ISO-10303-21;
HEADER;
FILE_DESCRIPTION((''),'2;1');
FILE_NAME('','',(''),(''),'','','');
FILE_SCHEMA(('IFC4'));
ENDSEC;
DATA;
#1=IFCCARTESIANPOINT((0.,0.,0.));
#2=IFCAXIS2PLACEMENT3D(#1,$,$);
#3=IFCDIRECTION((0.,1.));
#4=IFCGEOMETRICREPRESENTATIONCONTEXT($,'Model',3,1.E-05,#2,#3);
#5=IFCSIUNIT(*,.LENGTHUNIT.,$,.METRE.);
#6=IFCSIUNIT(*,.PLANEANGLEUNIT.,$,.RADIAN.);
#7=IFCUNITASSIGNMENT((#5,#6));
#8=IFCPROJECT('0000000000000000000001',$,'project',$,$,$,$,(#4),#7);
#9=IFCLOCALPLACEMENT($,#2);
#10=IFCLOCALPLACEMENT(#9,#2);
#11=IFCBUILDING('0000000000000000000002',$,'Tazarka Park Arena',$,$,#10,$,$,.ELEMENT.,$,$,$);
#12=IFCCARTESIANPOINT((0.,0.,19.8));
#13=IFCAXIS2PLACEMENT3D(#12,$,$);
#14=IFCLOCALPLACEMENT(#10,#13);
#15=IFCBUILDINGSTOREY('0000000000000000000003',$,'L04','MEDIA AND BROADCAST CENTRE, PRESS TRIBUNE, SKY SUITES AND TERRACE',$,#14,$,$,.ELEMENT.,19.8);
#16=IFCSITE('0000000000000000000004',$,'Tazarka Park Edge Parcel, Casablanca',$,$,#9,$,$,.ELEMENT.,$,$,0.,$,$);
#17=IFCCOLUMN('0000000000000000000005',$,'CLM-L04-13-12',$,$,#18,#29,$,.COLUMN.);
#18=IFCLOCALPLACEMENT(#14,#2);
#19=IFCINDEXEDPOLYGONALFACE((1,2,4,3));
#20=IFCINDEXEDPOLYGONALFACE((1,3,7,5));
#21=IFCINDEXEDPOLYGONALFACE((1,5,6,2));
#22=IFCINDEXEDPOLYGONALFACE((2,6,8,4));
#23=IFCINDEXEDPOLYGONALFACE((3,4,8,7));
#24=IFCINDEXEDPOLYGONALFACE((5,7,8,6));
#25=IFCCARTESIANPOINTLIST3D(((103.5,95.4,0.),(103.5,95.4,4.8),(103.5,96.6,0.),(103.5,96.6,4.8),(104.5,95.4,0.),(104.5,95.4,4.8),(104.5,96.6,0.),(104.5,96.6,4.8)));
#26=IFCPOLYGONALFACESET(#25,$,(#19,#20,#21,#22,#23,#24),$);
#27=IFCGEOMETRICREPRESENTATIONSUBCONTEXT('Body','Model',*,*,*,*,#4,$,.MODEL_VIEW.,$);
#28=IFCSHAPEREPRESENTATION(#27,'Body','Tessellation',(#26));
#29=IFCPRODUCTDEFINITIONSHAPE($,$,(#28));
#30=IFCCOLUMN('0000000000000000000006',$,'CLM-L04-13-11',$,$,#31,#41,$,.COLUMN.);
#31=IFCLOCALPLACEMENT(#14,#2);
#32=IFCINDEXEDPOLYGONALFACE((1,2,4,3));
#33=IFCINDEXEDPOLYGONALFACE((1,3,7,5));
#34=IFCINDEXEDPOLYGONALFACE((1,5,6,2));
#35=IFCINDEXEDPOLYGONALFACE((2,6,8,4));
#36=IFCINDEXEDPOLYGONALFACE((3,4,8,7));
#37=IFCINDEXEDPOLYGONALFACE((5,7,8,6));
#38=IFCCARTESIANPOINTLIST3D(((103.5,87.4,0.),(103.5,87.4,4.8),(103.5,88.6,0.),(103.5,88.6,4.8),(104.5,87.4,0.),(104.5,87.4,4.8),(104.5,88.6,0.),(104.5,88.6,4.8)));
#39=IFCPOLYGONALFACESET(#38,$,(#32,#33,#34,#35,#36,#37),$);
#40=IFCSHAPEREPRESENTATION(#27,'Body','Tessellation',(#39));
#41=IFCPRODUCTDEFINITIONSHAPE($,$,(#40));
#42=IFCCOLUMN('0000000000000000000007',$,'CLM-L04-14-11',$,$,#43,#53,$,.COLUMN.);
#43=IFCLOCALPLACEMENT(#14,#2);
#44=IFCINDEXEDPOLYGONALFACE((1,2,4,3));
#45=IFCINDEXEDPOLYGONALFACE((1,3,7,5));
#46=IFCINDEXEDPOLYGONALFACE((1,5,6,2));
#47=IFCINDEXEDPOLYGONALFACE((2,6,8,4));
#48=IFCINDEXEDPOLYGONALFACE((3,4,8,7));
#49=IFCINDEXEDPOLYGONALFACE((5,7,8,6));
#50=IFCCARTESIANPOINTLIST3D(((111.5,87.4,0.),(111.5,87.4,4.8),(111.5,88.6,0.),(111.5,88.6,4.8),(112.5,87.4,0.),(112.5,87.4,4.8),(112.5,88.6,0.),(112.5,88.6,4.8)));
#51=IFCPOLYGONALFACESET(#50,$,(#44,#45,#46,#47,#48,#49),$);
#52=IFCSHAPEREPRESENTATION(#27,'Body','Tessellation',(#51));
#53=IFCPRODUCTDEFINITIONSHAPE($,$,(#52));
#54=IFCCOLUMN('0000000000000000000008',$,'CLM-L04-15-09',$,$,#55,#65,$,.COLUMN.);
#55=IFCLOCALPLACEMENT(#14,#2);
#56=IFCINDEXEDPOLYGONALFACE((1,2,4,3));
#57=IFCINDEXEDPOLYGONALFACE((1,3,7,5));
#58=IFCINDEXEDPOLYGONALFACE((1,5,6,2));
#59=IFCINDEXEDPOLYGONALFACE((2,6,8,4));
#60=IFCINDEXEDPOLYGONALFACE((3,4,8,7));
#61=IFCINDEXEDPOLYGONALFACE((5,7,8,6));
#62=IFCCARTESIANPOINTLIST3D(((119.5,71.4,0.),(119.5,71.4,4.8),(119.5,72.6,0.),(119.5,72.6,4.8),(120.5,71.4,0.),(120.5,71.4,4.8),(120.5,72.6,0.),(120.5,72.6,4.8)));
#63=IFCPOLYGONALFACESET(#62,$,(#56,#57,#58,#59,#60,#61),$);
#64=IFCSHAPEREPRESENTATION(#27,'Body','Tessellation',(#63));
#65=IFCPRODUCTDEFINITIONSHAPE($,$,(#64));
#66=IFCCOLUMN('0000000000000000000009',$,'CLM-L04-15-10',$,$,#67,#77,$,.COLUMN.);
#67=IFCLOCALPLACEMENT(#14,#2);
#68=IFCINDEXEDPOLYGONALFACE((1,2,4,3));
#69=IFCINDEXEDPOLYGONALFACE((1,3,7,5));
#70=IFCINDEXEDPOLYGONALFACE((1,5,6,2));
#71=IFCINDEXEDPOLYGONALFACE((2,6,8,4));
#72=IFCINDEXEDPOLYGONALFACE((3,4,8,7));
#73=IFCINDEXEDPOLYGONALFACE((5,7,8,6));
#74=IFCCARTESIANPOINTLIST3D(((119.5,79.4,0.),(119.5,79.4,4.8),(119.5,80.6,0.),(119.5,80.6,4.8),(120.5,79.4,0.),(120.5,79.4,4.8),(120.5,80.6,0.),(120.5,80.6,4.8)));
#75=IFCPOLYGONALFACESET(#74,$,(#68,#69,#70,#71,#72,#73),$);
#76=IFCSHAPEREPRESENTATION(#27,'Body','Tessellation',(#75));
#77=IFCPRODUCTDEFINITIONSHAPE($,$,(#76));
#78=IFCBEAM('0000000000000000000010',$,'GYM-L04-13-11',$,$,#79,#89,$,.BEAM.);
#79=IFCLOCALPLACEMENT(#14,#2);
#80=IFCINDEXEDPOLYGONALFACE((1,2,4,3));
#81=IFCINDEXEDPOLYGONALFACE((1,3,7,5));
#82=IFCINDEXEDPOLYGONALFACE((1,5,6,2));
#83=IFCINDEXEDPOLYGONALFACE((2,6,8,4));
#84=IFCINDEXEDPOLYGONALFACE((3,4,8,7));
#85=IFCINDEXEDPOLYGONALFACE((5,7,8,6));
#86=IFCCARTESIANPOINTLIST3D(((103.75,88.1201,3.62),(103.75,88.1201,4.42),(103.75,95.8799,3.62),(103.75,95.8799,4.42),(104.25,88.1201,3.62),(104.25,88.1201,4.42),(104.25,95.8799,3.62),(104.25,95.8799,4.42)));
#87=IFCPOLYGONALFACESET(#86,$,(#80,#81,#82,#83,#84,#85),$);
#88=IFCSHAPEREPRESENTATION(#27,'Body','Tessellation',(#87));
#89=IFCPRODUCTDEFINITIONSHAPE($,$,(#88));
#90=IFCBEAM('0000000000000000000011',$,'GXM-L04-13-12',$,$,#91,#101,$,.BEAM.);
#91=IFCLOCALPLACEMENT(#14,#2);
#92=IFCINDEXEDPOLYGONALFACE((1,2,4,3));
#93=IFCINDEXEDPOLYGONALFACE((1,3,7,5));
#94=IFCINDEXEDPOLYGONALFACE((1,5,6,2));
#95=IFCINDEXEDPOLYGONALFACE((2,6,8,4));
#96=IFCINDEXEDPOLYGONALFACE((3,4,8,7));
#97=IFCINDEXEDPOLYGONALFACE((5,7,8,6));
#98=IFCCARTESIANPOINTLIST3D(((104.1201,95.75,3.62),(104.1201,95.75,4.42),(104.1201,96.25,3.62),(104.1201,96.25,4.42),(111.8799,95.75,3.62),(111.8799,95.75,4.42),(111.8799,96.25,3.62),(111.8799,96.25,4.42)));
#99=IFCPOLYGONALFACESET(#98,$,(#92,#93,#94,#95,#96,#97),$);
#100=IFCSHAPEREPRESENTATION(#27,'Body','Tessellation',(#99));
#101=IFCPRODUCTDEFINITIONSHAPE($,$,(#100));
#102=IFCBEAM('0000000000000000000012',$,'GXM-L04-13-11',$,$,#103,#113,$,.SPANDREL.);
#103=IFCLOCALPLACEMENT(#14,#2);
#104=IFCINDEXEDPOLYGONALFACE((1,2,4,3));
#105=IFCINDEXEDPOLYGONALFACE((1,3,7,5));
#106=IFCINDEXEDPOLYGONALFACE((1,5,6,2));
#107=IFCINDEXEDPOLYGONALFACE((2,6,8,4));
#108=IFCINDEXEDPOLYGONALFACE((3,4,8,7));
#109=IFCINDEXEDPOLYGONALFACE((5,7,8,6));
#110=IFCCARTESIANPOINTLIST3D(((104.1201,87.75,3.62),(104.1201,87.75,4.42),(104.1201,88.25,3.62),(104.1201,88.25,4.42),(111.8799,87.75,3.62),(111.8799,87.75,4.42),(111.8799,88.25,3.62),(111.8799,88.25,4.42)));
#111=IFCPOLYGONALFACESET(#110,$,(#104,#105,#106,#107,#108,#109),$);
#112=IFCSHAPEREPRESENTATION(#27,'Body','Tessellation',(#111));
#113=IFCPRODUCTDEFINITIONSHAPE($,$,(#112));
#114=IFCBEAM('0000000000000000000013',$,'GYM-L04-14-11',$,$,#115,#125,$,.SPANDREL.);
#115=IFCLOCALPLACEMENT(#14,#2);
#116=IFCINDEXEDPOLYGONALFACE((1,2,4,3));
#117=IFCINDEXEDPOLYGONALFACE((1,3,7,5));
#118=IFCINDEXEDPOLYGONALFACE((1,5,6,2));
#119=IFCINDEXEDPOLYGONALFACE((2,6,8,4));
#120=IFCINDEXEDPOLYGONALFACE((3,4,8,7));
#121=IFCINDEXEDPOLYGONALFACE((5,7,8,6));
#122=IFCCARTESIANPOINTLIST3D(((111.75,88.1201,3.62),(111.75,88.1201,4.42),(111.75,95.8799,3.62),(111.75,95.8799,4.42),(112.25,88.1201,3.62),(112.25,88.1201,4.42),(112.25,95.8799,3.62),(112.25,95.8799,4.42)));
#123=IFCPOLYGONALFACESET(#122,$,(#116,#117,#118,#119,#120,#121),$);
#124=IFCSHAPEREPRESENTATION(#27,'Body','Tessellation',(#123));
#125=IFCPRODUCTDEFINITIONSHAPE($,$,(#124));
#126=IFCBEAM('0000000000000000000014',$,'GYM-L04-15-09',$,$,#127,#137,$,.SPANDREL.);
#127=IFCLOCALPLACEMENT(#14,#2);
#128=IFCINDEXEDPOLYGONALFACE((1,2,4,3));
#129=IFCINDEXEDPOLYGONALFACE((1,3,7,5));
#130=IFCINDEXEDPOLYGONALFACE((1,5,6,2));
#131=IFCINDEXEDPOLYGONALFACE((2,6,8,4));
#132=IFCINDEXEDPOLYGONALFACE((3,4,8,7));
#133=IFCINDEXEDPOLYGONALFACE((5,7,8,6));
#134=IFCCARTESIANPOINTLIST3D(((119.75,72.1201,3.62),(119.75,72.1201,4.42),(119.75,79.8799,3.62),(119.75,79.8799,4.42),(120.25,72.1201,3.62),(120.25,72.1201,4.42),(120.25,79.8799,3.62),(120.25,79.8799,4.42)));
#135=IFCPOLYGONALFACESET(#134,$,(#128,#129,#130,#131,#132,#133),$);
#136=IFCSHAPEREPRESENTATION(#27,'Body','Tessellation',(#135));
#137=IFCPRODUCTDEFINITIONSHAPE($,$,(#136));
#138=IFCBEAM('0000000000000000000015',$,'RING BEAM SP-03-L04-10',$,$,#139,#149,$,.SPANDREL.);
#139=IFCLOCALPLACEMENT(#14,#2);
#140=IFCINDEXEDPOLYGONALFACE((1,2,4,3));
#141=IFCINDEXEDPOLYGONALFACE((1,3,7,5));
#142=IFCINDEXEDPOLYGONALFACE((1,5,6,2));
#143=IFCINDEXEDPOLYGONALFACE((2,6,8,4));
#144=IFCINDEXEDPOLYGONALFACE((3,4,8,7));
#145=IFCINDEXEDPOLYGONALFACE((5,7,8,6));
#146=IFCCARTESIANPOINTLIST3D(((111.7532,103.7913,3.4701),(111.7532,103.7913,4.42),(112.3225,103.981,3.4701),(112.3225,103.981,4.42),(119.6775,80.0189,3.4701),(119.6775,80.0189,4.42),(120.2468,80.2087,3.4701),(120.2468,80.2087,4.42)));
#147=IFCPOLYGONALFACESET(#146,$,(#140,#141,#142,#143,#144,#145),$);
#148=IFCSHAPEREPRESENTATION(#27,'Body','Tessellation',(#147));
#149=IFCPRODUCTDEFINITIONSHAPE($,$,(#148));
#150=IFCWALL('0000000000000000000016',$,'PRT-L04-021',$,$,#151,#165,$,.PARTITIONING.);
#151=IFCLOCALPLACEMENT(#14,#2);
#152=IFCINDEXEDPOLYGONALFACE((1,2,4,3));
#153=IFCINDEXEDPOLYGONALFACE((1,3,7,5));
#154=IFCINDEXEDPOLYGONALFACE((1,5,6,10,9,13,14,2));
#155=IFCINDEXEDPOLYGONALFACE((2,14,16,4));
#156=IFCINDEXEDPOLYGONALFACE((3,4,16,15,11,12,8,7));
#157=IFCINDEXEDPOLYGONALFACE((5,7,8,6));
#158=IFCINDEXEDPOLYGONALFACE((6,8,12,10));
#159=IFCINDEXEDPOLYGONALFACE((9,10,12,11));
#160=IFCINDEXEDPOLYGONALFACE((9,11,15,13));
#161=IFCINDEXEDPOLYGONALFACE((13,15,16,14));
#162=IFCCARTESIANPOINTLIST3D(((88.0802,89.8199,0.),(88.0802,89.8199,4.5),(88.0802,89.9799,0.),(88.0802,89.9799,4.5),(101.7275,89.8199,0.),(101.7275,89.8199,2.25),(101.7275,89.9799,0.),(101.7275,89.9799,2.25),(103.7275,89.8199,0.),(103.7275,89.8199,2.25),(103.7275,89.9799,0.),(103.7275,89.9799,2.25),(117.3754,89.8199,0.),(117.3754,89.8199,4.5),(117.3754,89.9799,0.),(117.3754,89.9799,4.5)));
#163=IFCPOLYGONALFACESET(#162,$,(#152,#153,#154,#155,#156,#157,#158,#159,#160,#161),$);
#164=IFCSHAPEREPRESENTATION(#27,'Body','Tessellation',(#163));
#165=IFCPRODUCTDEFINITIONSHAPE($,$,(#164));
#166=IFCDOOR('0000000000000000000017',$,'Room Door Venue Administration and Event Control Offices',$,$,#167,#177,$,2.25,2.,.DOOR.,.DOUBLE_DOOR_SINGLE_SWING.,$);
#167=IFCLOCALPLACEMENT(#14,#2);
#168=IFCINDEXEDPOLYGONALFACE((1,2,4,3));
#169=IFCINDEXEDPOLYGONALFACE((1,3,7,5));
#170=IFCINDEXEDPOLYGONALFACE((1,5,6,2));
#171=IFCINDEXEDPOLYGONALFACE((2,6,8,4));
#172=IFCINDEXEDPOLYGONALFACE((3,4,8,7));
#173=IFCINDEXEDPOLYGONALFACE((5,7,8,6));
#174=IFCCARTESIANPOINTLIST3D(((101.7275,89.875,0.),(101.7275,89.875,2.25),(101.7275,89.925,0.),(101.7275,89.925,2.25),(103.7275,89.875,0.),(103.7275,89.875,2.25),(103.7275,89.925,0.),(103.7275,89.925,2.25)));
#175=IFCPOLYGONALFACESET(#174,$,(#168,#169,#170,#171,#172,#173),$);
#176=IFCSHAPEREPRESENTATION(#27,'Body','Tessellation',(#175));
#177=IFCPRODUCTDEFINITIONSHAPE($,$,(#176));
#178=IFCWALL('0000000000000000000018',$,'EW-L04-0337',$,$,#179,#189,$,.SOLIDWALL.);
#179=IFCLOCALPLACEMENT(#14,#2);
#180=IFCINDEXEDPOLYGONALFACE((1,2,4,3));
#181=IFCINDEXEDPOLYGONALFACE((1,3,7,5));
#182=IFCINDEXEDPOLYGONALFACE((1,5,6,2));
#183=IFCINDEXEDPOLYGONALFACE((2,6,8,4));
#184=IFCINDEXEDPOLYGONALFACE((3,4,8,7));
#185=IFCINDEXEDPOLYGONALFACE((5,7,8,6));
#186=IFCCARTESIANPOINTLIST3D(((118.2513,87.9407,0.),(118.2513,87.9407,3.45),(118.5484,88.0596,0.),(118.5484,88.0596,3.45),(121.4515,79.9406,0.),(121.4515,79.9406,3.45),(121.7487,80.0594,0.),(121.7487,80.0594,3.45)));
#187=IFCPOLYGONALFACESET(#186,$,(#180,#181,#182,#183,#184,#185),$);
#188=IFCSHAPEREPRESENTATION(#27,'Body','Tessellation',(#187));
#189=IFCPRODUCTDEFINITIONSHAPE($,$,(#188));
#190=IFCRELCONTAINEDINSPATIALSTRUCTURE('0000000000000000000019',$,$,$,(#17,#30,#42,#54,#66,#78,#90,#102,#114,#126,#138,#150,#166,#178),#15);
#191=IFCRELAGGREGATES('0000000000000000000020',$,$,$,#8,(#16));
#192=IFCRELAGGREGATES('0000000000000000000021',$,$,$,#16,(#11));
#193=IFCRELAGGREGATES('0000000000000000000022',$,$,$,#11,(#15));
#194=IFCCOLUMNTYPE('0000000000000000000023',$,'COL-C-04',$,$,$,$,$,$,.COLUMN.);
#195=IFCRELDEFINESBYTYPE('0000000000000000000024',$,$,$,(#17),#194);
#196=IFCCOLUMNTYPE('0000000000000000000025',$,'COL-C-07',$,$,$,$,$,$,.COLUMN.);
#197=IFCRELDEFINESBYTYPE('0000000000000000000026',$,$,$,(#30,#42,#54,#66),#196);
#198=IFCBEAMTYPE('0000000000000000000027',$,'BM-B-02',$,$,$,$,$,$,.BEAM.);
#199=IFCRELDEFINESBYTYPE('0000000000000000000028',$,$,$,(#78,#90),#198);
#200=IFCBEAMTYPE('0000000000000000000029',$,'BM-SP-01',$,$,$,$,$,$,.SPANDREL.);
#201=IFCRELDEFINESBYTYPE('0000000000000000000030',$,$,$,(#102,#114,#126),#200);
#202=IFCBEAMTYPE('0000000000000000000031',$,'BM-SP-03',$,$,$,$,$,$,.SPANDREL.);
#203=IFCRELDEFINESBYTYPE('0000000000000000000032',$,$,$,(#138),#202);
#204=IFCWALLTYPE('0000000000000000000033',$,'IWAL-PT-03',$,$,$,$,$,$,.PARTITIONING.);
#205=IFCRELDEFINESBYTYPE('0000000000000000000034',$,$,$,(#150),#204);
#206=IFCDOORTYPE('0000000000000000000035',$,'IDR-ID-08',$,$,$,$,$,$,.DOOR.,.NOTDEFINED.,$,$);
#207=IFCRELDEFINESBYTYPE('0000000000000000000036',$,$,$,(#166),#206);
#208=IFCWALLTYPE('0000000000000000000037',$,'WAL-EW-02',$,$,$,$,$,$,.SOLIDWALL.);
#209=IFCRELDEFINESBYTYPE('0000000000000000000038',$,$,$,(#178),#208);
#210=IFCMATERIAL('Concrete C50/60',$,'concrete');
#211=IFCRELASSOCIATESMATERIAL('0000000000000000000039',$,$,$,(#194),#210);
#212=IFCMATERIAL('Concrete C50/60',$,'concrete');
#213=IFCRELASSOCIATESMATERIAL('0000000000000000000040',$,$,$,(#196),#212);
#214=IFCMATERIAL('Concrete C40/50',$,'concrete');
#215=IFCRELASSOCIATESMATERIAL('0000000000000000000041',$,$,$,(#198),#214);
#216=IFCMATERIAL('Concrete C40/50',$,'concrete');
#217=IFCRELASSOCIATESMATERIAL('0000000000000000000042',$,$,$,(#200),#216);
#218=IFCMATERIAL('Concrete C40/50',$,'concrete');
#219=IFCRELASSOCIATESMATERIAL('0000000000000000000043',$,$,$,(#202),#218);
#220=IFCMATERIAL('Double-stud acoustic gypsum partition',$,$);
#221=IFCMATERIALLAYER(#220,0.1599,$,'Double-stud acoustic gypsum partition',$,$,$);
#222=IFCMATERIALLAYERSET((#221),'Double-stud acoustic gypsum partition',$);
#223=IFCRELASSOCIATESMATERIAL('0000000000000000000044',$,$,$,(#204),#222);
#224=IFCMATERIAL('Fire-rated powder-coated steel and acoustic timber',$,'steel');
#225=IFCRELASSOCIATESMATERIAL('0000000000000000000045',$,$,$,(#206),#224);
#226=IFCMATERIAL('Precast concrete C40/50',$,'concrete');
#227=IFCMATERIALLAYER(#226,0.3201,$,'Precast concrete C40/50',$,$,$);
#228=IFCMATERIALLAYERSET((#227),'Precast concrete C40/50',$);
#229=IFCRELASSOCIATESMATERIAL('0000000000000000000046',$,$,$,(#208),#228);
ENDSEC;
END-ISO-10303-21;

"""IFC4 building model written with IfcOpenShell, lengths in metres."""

from ifc_helpers import new_model, si_unit, direction, frame, frame_2d, origin, origin_2d, place, context, subcontext, project, spatial, rectangle, extrude, material, layer, layer_set, material_profile, profile_set, type_object, element, fill, save


model = new_model("IFC4")

# Units and contexts
model_context = context("Model", 3, precision=1e-05, world=origin(), true_north=direction((0.0, 1.0)))
body_context = subcontext(model_context, "Body", "Model", "MODEL_VIEW")
ifc_project = project(units=[si_unit("LENGTHUNIT", "METRE"), si_unit("PLANEANGLEUNIT", "RADIAN")], contexts=[model_context])

# Site, building, storey
site_placement = place(None, origin())
site = spatial("IfcSite", under=ifc_project, at=site_placement, Name="Tazarka Park Edge Parcel, Casablanca", CompositionType="ELEMENT", RefElevation=0.0)
building_placement = place(site_placement, origin())
building = spatial("IfcBuilding", under=site, at=building_placement, Name="Tazarka Park Arena", CompositionType="ELEMENT")
storey_placement = place(building_placement, frame((0.0, 0.0, 19.8)))
storey = spatial("IfcBuildingStorey", under=building, at=storey_placement, Name="L04", Description="MEDIA AND BROADCAST CENTRE, PRESS TRIBUNE, SKY SUITES AND TERRACE", CompositionType="ELEMENT", Elevation=19.8)

# Columns
ifc_material_1 = material(Name="Concrete C50/60", Category="concrete")
ifc_material_profile_1 = material_profile(ifc_material_1, rectangle(XDim=1.0, YDim=1.2, at=origin_2d()), Name="Concrete C50/60")
ifc_profile_set_1 = profile_set([ifc_material_profile_1], Name="Concrete C50/60")
column_type_1 = type_object("IfcColumnType", Name="COL-C-04", PredefinedType="COLUMN", material=ifc_profile_set_1)
column_placement = place(storey_placement, frame((104.0, 96.0, 0.0), z_axis=(0.0, 0.0, 1.0), x_axis=(1.0, 0.0, 0.0)))
element("IfcColumn", 1, at=column_placement, inside=storey, type_object=column_type_1, Name="CLM-L04-13-12", PredefinedType="COLUMN", context=body_context, shape_type="SweptSolid", body=[
    extrude(rectangle(XDim=1.0, YDim=1.2, at=origin_2d()), origin(), (0.0, 0.0, 1.0), 4.8),
])
ifc_material_2 = material(Name="Concrete C50/60", Category="concrete")
ifc_material_profile_2 = material_profile(ifc_material_2, rectangle(XDim=1.0, YDim=1.2, at=origin_2d()), Name="Concrete C50/60")
ifc_profile_set_2 = profile_set([ifc_material_profile_2], Name="Concrete C50/60")
column_type_2 = type_object("IfcColumnType", Name="COL-C-07", PredefinedType="COLUMN", material=ifc_profile_set_2)
for number, where, z_axis, x_axis, name in (
    (2, (104.0, 88.0, 0.0), (0.0, 0.0, 1.0), (1.0, 0.0, 0.0), "CLM-L04-13-11"),
    (3, (112.0, 88.0, 0.0), (0.0, 0.0, 1.0), (1.0, 0.0, 0.0), "CLM-L04-14-11"),
    (4, (120.0, 72.0, 0.0), (0.0, 0.0, 1.0), (1.0, 0.0, 0.0), "CLM-L04-15-09"),
    (5, (120.0, 80.0, 0.0), (0.0, 0.0, 1.0), (1.0, 0.0, 0.0), "CLM-L04-15-10"),
):
    element("IfcColumn", number, at=place(storey_placement, frame(where, z_axis=z_axis, x_axis=x_axis)), inside=storey, type_object=column_type_2, Name=name, PredefinedType="COLUMN", context=body_context, shape_type="SweptSolid", body=[
        extrude(rectangle(XDim=1.0, YDim=1.2, at=origin_2d()), origin(), (0.0, 0.0, 1.0), 4.8),
    ])

# Beams
ifc_material_3 = material(Name="Concrete C40/50", Category="concrete")
ifc_material_profile_3 = material_profile(ifc_material_3, rectangle(XDim=0.5, YDim=0.8, at=origin_2d()), Name="Concrete C40/50")
ifc_profile_set_3 = profile_set([ifc_material_profile_3], Name="Concrete C40/50")
beam_type_1 = type_object("IfcBeamType", Name="BM-B-02", PredefinedType="BEAM", material=ifc_profile_set_3)
for number, where, z_axis, x_axis, name in (
    (6, (104.0, 88.1201, 4.02), (0.0, 1.0, 0.0), (-1.0, 0.0, 0.0), "GYM-L04-13-11"),
    (7, (104.1201, 96.0, 4.02), (1.0, 0.0, 0.0), (0.0, 1.0, 0.0), "GXM-L04-13-12"),
):
    element("IfcBeam", number, at=place(storey_placement, frame(where, z_axis=z_axis, x_axis=x_axis)), inside=storey, type_object=beam_type_1, Name=name, PredefinedType="BEAM", context=body_context, shape_type="SweptSolid", body=[
        extrude(rectangle(XDim=0.5, YDim=0.8, at=origin_2d()), origin(), (0.0, 0.0, 1.0), 7.7598),
    ])
ifc_material_4 = material(Name="Concrete C40/50", Category="concrete")
ifc_material_profile_4 = material_profile(ifc_material_4, rectangle(XDim=0.5, YDim=0.8, at=origin_2d()), Name="Concrete C40/50")
ifc_profile_set_4 = profile_set([ifc_material_profile_4], Name="Concrete C40/50")
beam_type_2 = type_object("IfcBeamType", Name="BM-SP-01", PredefinedType="SPANDREL", material=ifc_profile_set_4)
for number, where, z_axis, x_axis, name in (
    (8, (104.1201, 88.0, 4.02), (1.0, 0.0, 0.0), (0.0, 1.0, 0.0), "GXM-L04-13-11"),
    (9, (112.0, 88.1201, 4.02), (0.0, 1.0, 0.0), (-1.0, 0.0, 0.0), "GYM-L04-14-11"),
    (10, (120.0, 72.1201, 4.02), (0.0, 1.0, 0.0), (-1.0, 0.0, 0.0), "GYM-L04-15-09"),
):
    element("IfcBeam", number, at=place(storey_placement, frame(where, z_axis=z_axis, x_axis=x_axis)), inside=storey, type_object=beam_type_2, Name=name, PredefinedType="SPANDREL", context=body_context, shape_type="SweptSolid", body=[
        extrude(rectangle(XDim=0.5, YDim=0.8, at=origin_2d()), origin(), (0.0, 0.0, 1.0), 7.7598),
    ])
ifc_material_5 = material(Name="Concrete C40/50", Category="concrete")
ifc_material_profile_5 = material_profile(ifc_material_5, rectangle(XDim=0.6001, YDim=0.95, at=origin_2d()), Name="Concrete C40/50")
ifc_profile_set_5 = profile_set([ifc_material_profile_5], Name="Concrete C40/50")
beam_type_3 = type_object("IfcBeamType", Name="BM-SP-03", PredefinedType="SPANDREL", material=ifc_profile_set_5)
beam_placement = place(storey_placement, frame((119.9622, 80.1138, 3.9451), z_axis=(-0.316234, 0.948681, 0.0), x_axis=(-0.948681, -0.316234, 0.0)))
element("IfcBeam", 11, at=beam_placement, inside=storey, type_object=beam_type_3, Name="RING BEAM SP-03-L04-10", PredefinedType="SPANDREL", context=body_context, shape_type="SweptSolid", body=[
    extrude(rectangle(XDim=0.6001, YDim=0.95, at=origin_2d()), origin(), (0.0, 0.0, 1.0), 25.0583),
])

# Wall, opening, door
ifc_material_6 = material(Name="Double-stud acoustic gypsum partition")
ifc_layer_1 = layer(ifc_material_6, 0.1599, Name="Double-stud acoustic gypsum partition")
ifc_layer_set_1 = layer_set([ifc_layer_1], Name="Double-stud acoustic gypsum partition")
wall_type_1 = type_object("IfcWallType", Name="IWAL-PT-03", PredefinedType="PARTITIONING", material=ifc_layer_set_1)
wall_1_placement = place(storey_placement, frame((117.3752, 89.8999, 0.0), z_axis=(0.0, 0.0, 1.0), x_axis=(-1.0, 0.0, 0.0)))
wall_1 = element("IfcWall", 12, at=wall_1_placement, inside=storey, type_object=wall_type_1, Name="PRT-L04-021", PredefinedType="PARTITIONING", context=body_context, shape_type="SweptSolid", body=[
    extrude(rectangle(XDim=29.2952, YDim=0.1599, at=frame_2d((14.6475, 0.0))), origin(), (0.0, 0.0, 1.0), 4.5),
])
opening_placement = place(wall_1_placement, frame((13.6477, 0.0, 0.0)))
opening = element("IfcOpeningElement", 13, at=opening_placement, cuts=wall_1, PredefinedType="OPENING", context=body_context, shape_type="SweptSolid", body=[
    extrude(rectangle(XDim=2.0, YDim=2.25, at=frame_2d((1.0, 1.125))), frame((0.0, 0.0898, 0.0), z_axis=(0.0, -1.0, 0.0), x_axis=(1.0, 0.0, 0.0)), (0.0, 0.0, 1.0), 0.1799),
])
ifc_material_7 = material(Name="Fire-rated powder-coated steel and acoustic timber", Category="steel")
door_type = type_object("IfcDoorType", Name="IDR-ID-08", OperationType="NOTDEFINED", PredefinedType="DOOR", material=ifc_material_7)
door_placement = place(opening_placement, origin())
door = element("IfcDoor", 14, at=door_placement, inside=storey, type_object=door_type, Name="Room Door Venue Administration and Event Control Offices", OperationType="DOUBLE_DOOR_SINGLE_SWING", OverallHeight=2.25, OverallWidth=2.0, PredefinedType="DOOR", context=body_context, shape_type="SweptSolid", body=[
    extrude(rectangle(XDim=2.0, YDim=2.25, at=frame_2d((1.0, 1.125))), frame((0.0, 0.0249, 0.0), z_axis=(0.0, -1.0, 0.0), x_axis=(1.0, 0.0, 0.0)), (0.0, 0.0, 1.0), 0.05),
])
fill(opening, door)

# Wall
ifc_material_8 = material(Name="Precast concrete C40/50", Category="concrete")
ifc_layer_2 = layer(ifc_material_8, 0.3201, Name="Precast concrete C40/50")
ifc_layer_set_2 = layer_set([ifc_layer_2], Name="Precast concrete C40/50")
wall_type_2 = type_object("IfcWallType", Name="WAL-EW-02", PredefinedType="SOLIDWALL", material=ifc_layer_set_2)
wall_2_placement = place(storey_placement, frame((118.3999, 88.0, 0.0), z_axis=(0.0, 0.0, 1.0), x_axis=(0.37141, -0.928469, 0.0)))
element("IfcWall", 15, at=wall_2_placement, inside=storey, type_object=wall_type_2, Name="EW-L04-0337", PredefinedType="SOLIDWALL", context=body_context, shape_type="SweptSolid", body=[
    extrude(rectangle(XDim=8.6165, YDim=0.3201, at=frame_2d((4.3081, 0.0))), origin(), (0.0, 0.0, 1.0), 3.45),
])

save(model, "model.ifc")
